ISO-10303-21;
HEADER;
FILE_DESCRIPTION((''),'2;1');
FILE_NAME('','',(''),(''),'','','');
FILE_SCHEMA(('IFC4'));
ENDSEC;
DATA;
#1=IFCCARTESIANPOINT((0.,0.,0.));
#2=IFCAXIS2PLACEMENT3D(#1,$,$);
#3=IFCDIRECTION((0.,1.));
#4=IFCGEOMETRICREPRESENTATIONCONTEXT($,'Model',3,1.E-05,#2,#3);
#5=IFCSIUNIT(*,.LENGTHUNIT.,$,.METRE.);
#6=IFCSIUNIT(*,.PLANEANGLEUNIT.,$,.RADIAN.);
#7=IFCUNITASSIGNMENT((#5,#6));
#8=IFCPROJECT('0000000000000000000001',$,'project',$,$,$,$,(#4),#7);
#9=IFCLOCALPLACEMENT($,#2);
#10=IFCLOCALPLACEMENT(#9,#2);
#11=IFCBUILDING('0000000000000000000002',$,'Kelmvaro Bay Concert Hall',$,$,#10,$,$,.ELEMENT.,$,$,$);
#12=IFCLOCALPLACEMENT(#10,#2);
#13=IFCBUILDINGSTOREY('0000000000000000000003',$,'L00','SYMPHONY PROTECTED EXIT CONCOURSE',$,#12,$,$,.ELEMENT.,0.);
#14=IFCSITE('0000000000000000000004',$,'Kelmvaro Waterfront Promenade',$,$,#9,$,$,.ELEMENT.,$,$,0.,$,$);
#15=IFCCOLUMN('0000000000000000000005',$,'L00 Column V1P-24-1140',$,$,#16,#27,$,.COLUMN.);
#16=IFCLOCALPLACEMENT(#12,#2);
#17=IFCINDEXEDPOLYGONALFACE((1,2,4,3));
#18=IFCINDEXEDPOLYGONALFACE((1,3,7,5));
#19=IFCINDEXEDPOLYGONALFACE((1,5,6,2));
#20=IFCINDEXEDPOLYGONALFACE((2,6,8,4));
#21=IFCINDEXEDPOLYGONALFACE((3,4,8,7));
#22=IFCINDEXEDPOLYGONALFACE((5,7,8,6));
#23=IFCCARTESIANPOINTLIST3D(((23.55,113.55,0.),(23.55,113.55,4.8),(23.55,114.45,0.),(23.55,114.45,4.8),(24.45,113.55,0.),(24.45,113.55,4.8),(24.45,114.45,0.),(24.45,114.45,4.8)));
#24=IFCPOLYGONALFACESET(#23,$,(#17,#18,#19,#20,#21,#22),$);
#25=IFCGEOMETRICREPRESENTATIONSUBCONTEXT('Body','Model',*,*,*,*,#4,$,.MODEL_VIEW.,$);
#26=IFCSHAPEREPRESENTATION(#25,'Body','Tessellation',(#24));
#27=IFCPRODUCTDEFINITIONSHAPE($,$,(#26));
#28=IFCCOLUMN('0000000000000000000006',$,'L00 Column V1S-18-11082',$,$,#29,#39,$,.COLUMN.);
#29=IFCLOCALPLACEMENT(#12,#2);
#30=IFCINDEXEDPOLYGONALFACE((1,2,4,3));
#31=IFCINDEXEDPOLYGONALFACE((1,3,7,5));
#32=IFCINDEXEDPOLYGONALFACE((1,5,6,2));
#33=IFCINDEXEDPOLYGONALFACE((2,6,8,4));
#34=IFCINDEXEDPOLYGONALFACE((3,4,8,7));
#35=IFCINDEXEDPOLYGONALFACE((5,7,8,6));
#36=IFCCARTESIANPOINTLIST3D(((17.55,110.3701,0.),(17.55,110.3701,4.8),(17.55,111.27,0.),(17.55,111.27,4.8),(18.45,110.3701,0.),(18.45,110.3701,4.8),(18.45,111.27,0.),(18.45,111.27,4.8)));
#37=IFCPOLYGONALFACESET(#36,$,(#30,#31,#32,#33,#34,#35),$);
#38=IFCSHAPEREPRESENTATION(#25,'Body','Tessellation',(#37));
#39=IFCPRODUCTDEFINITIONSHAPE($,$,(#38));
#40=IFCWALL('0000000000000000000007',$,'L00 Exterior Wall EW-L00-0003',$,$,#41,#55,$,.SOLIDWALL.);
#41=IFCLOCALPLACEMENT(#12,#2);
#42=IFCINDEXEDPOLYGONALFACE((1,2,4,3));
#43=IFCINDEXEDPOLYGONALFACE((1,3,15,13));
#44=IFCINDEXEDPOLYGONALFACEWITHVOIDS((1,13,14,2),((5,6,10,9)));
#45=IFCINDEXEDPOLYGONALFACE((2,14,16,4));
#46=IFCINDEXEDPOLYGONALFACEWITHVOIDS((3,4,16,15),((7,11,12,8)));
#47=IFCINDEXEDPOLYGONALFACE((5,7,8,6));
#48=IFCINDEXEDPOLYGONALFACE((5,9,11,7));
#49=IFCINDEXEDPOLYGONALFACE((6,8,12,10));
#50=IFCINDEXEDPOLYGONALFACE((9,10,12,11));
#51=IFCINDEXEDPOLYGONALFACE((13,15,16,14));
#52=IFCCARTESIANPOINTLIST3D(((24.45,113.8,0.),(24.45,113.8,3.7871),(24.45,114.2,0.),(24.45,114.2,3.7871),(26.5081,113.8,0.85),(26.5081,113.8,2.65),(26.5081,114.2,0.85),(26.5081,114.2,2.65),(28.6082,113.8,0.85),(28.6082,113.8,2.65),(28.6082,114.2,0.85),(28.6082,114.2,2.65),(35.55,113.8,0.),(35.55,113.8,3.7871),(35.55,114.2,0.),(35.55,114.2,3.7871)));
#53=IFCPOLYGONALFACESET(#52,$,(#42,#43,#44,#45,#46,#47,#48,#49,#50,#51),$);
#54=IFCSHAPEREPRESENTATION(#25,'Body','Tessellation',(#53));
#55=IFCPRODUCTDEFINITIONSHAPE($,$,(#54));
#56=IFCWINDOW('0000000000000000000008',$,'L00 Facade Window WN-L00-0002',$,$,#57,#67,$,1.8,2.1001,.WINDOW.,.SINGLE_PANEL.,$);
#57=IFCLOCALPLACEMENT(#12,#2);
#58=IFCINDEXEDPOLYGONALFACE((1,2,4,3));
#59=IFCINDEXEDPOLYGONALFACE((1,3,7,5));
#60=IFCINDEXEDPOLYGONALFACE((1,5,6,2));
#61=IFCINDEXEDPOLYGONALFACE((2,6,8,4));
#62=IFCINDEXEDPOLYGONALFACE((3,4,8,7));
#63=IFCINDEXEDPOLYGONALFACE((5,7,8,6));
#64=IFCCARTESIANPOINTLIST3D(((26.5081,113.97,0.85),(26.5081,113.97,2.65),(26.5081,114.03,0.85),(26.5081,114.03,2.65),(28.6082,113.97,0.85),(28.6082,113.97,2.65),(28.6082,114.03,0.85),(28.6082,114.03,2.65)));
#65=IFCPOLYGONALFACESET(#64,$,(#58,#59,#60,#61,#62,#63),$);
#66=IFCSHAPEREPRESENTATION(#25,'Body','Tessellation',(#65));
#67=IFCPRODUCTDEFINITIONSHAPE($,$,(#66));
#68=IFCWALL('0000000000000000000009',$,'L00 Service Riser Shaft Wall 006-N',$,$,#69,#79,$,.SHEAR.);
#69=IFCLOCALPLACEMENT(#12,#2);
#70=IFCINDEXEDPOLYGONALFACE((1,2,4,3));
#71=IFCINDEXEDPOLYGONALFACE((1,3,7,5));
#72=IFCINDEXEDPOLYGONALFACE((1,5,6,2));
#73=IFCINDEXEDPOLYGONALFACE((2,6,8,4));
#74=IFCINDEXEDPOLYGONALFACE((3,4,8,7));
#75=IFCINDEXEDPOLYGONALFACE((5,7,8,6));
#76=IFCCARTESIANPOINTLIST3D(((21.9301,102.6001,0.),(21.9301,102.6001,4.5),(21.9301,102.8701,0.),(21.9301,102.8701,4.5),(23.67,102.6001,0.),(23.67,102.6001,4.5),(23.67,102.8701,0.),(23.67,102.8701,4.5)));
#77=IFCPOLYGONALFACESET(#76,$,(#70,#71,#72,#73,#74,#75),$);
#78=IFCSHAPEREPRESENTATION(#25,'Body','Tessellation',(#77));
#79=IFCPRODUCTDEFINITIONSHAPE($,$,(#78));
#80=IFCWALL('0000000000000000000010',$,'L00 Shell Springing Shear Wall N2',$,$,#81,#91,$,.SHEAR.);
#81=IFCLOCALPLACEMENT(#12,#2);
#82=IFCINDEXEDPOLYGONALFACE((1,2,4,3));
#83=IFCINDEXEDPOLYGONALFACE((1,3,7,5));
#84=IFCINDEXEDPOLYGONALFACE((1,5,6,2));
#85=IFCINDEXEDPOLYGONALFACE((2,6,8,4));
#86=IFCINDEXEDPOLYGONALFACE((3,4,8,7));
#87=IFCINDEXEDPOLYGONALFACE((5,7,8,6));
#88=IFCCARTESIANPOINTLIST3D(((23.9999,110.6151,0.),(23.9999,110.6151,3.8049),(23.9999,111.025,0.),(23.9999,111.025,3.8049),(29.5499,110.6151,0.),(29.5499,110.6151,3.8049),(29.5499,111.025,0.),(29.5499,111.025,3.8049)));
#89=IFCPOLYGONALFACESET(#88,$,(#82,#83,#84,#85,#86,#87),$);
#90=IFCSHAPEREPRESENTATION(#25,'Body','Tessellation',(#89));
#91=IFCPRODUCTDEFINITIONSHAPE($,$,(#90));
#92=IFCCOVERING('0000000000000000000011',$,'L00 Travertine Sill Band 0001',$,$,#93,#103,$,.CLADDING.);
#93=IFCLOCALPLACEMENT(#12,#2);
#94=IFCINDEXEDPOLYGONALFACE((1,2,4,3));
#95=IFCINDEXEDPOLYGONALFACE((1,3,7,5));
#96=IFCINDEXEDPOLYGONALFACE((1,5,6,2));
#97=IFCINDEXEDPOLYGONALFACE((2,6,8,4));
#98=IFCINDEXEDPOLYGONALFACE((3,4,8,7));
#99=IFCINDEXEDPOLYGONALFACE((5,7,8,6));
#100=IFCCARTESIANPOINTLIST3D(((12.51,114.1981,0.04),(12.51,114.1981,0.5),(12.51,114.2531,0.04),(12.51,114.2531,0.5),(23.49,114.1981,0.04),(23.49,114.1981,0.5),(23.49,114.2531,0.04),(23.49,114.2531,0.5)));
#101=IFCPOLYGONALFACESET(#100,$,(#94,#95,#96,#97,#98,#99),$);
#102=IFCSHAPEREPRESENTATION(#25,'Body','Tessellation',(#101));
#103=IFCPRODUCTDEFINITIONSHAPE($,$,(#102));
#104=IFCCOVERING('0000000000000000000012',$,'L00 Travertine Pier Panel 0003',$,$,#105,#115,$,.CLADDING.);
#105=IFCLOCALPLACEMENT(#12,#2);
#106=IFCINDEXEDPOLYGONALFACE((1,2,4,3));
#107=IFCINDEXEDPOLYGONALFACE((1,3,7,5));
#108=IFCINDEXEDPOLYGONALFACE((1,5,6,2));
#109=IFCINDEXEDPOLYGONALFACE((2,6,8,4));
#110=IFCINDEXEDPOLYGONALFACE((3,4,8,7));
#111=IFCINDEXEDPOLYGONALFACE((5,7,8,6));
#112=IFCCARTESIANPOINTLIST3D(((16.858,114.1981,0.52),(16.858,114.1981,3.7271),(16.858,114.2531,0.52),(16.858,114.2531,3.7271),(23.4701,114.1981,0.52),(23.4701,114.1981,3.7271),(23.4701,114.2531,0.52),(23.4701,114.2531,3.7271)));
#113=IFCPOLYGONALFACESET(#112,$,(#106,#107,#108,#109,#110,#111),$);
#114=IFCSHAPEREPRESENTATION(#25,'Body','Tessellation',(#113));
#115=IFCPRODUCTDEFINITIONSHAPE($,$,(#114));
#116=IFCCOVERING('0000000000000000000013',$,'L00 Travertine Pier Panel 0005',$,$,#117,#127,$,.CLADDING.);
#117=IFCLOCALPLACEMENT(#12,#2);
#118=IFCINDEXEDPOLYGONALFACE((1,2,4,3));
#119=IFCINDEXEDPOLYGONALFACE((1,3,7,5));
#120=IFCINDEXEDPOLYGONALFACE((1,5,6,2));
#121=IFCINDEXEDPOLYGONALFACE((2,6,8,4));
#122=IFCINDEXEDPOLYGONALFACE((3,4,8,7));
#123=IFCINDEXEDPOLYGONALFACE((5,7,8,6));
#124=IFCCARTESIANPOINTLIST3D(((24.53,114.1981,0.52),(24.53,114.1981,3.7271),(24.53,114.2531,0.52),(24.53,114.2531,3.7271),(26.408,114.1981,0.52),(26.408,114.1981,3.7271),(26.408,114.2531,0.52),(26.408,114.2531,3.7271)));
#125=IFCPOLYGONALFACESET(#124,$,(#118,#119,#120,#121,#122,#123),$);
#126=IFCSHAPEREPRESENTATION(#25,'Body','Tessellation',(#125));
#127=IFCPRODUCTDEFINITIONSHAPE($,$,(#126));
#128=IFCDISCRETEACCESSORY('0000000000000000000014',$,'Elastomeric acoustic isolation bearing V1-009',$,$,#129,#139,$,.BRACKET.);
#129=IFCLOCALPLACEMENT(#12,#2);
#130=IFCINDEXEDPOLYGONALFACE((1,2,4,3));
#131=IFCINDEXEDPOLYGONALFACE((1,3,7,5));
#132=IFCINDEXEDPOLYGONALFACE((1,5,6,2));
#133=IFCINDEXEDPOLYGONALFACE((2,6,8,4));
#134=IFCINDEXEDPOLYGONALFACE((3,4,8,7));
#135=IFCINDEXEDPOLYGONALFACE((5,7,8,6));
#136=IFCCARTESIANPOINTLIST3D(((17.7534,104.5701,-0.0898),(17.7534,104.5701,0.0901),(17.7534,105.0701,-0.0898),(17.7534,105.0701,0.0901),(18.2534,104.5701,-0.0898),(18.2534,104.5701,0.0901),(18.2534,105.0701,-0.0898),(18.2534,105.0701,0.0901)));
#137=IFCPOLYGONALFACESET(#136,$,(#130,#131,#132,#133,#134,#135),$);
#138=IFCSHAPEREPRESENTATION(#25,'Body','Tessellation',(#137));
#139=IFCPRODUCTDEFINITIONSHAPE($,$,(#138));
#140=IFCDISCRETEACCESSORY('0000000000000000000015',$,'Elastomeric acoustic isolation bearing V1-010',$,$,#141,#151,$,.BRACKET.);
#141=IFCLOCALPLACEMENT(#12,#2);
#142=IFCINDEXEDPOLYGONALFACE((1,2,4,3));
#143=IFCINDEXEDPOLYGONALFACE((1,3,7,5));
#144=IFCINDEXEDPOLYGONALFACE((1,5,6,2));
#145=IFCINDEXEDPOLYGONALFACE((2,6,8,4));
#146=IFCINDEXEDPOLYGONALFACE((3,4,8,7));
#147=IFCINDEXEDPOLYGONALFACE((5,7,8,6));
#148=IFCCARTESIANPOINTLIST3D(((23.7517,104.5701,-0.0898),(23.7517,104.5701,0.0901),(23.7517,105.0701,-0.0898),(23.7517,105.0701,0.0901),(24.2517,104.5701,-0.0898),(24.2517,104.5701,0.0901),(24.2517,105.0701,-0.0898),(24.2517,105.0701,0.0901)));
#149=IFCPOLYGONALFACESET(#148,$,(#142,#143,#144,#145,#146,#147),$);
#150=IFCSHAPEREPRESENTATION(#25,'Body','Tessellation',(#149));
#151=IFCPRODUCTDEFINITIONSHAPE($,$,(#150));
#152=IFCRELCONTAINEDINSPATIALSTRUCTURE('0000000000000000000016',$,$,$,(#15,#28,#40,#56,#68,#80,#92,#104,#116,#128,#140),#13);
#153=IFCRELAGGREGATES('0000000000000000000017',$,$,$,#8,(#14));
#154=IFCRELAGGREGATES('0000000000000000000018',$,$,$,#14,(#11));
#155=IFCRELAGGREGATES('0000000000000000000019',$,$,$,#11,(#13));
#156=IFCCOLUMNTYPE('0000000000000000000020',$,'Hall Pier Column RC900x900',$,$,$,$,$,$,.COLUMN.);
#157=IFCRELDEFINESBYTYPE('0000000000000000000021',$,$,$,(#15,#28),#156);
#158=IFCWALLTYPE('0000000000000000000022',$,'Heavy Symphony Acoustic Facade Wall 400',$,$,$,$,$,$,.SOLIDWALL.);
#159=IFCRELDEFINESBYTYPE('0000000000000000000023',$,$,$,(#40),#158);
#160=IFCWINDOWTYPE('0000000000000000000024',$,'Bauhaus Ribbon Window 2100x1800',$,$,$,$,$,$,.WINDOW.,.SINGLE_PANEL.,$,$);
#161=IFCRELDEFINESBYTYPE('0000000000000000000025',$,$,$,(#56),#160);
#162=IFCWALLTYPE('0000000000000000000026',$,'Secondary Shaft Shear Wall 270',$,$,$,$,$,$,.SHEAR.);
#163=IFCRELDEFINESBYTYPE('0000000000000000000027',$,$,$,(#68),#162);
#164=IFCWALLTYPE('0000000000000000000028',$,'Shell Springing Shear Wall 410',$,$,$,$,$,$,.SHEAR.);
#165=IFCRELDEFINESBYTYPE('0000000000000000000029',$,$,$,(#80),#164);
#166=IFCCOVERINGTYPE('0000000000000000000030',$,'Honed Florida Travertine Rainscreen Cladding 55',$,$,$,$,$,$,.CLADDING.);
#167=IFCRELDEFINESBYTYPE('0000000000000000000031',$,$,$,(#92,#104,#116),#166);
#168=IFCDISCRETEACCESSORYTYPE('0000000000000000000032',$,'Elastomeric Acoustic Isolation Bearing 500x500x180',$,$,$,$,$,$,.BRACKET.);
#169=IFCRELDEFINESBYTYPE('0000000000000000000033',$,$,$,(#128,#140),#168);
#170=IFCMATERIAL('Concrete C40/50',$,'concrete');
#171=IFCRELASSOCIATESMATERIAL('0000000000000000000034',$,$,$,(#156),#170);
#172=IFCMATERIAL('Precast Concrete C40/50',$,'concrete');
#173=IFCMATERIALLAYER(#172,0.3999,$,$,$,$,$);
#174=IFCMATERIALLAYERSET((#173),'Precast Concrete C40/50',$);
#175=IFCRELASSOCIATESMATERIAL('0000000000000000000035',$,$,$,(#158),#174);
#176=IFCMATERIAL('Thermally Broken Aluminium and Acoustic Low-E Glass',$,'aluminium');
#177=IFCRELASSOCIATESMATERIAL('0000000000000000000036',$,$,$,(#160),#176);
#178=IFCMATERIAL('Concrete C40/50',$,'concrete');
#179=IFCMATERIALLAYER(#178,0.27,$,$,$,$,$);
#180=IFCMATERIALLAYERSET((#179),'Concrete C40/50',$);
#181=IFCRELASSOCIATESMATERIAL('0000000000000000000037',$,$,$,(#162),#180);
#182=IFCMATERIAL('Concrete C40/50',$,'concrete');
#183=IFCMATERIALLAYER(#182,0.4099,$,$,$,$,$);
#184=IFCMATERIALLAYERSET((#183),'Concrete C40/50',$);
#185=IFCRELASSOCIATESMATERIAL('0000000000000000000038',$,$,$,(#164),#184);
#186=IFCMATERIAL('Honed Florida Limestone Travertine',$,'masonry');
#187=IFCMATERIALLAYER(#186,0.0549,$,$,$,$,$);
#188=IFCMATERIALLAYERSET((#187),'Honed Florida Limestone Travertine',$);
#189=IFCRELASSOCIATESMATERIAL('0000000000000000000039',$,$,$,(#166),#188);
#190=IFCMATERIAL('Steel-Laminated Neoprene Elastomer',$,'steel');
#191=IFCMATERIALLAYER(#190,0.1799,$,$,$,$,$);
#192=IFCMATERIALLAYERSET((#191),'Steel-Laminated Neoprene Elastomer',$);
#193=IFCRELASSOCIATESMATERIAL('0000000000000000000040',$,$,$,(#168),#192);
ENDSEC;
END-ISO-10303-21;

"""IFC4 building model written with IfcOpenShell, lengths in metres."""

from ifc_helpers import new_model, si_unit, direction, frame, frame_2d, origin, origin_2d, place, context, subcontext, project, spatial, rectangle, extrude, material, layer, layer_set, material_profile, profile_set, type_object, element, fill, save


model = new_model("IFC4")

# Units and contexts
model_context = context("Model", 3, precision=1e-05, world=origin(), true_north=direction((0.0, 1.0)))
body_context = subcontext(model_context, "Body", "Model", "MODEL_VIEW")
ifc_project = project(units=[si_unit("LENGTHUNIT", "METRE"), si_unit("PLANEANGLEUNIT", "RADIAN")], contexts=[model_context])

# Site, building, storey
site_placement = place(None, origin())
site = spatial("IfcSite", under=ifc_project, at=site_placement, Name="Kelmvaro Waterfront Promenade", CompositionType="ELEMENT", RefElevation=0.0)
building_placement = place(site_placement, origin())
building = spatial("IfcBuilding", under=site, at=building_placement, Name="Kelmvaro Bay Concert Hall", CompositionType="ELEMENT")
storey_placement = place(building_placement, origin())
storey = spatial("IfcBuildingStorey", under=building, at=storey_placement, Name="L00", Description="SYMPHONY PROTECTED EXIT CONCOURSE", CompositionType="ELEMENT", Elevation=0.0)

# Columns
ifc_material_1 = material(Name="Concrete C40/50", Category="concrete")
ifc_material_profile_1 = material_profile(ifc_material_1, rectangle(XDim=0.8999, YDim=0.8999, at=origin_2d()), Name="RC-COL-900X900")
ifc_profile_set_1 = profile_set([ifc_material_profile_1], Name="Concrete C40/50")
column_type = type_object("IfcColumnType", Name="Hall Pier Column RC900x900", PredefinedType="COLUMN", material=ifc_profile_set_1)
for number, where, z_axis, x_axis, name in (
    (1, (24.0, 114.0, 0.0), (0.0, 0.0, 1.0), (1.0, 0.0, 0.0), "L00 Column V1P-24-1140"),
    (2, (18.0, 110.8201, 0.0), (0.0, 0.0, 1.0), (1.0, 0.0, 0.0), "L00 Column V1S-18-11082"),
):
    element("IfcColumn", number, at=place(storey_placement, frame(where, z_axis=z_axis, x_axis=x_axis)), inside=storey, type_object=column_type, Name=name, PredefinedType="COLUMN", context=body_context, shape_type="SweptSolid", body=[
        extrude(rectangle(XDim=0.8999, YDim=0.8999, at=origin_2d()), origin(), (0.0, 0.0, 1.0), 4.8),
    ])

# Wall, opening, window
ifc_material_2 = material(Name="Precast Concrete C40/50", Category="concrete")
ifc_layer_1 = layer(ifc_material_2, 0.3999)
ifc_layer_set_1 = layer_set([ifc_layer_1], Name="Precast Concrete C40/50")
wall_type_1 = type_object("IfcWallType", Name="Heavy Symphony Acoustic Facade Wall 400", PredefinedType="SOLIDWALL", material=ifc_layer_set_1)
wall_1_placement = place(storey_placement, frame((24.45, 114.0, 0.0), z_axis=(0.0, 0.0, 1.0), x_axis=(1.0, 0.0, 0.0)))
wall_1 = element("IfcWall", 3, at=wall_1_placement, inside=storey, type_object=wall_type_1, Name="L00 Exterior Wall EW-L00-0003", PredefinedType="SOLIDWALL", context=body_context, shape_type="SweptSolid", body=[
    extrude(rectangle(XDim=11.1001, YDim=0.3999, at=frame_2d((5.55, 0.0))), origin(), (0.0, 0.0, 1.0), 3.7871),
])
opening_placement = place(wall_1_placement, frame((2.0581, 0.0, 0.8501)))
opening = element("IfcOpeningElement", 4, at=opening_placement, cuts=wall_1, PredefinedType="OPENING", context=body_context, shape_type="SweptSolid", body=[
    extrude(rectangle(XDim=2.1001, YDim=1.8, at=frame_2d((1.05, 0.8999))), frame((0.0, 0.21, 0.0), z_axis=(0.0, -1.0, 0.0), x_axis=(1.0, 0.0, 0.0)), (0.0, 0.0, 1.0), 0.4199),
])
ifc_material_3 = material(Name="Thermally Broken Aluminium and Acoustic Low-E Glass", Category="aluminium")
window_type = type_object("IfcWindowType", Name="Bauhaus Ribbon Window 2100x1800", PartitioningType="SINGLE_PANEL", PredefinedType="WINDOW", material=ifc_material_3)
window_placement = place(opening_placement, origin())
window = element("IfcWindow", 5, at=window_placement, inside=storey, type_object=window_type, Name="L00 Facade Window WN-L00-0002", OverallHeight=1.8, OverallWidth=2.1001, PartitioningType="SINGLE_PANEL", PredefinedType="WINDOW", context=body_context, shape_type="SweptSolid", body=[
    extrude(rectangle(XDim=2.1001, YDim=1.8, at=frame_2d((1.05, 0.8999))), frame((0.0, 0.03, 0.0), z_axis=(0.0, -1.0, 0.0), x_axis=(1.0, 0.0, 0.0)), (0.0, 0.0, 1.0), 0.0601),
])
fill(opening, window)

# Walls
ifc_material_4 = material(Name="Concrete C40/50", Category="concrete")
ifc_layer_2 = layer(ifc_material_4, 0.27)
ifc_layer_set_2 = layer_set([ifc_layer_2], Name="Concrete C40/50")
wall_type_2 = type_object("IfcWallType", Name="Secondary Shaft Shear Wall 270", PredefinedType="SHEAR", material=ifc_layer_set_2)
wall_2_placement = place(storey_placement, frame((21.9299, 102.7351, 0.0), z_axis=(0.0, 0.0, 1.0), x_axis=(1.0, 0.0, 0.0)))
element("IfcWall", 6, at=wall_2_placement, inside=storey, type_object=wall_type_2, Name="L00 Service Riser Shaft Wall 006-N", PredefinedType="SHEAR", context=body_context, shape_type="SweptSolid", body=[
    extrude(rectangle(XDim=1.74, YDim=0.27, at=frame_2d((0.8701, 0.0))), origin(), (0.0, 0.0, 1.0), 4.5),
])
ifc_material_5 = material(Name="Concrete C40/50", Category="concrete")
ifc_layer_3 = layer(ifc_material_5, 0.4099)
ifc_layer_set_3 = layer_set([ifc_layer_3], Name="Concrete C40/50")
wall_type_3 = type_object("IfcWallType", Name="Shell Springing Shear Wall 410", PredefinedType="SHEAR", material=ifc_layer_set_3)
wall_3_placement = place(storey_placement, frame((24.0, 110.8201, 0.0), z_axis=(0.0, 0.0, 1.0), x_axis=(1.0, 0.0, 0.0)))
element("IfcWall", 7, at=wall_3_placement, inside=storey, type_object=wall_type_3, Name="L00 Shell Springing Shear Wall N2", PredefinedType="SHEAR", context=body_context, shape_type="SweptSolid", body=[
    extrude(rectangle(XDim=5.55, YDim=0.4099, at=frame_2d((2.7749, 0.0))), origin(), (0.0, 0.0, 1.0), 3.8049),
])

# Coverings
ifc_material_6 = material(Name="Honed Florida Limestone Travertine", Category="masonry")
ifc_layer_4 = layer(ifc_material_6, 0.0549)
ifc_layer_set_4 = layer_set([ifc_layer_4], Name="Honed Florida Limestone Travertine")
covering_type = type_object("IfcCoveringType", Name="Honed Florida Travertine Rainscreen Cladding 55", PredefinedType="CLADDING", material=ifc_layer_set_4)
covering_1_placement = place(storey_placement, frame((18.0, 114.2256, 0.04), z_axis=(0.0, 0.0, 1.0), x_axis=(1.0, 0.0, 0.0)))
element("IfcCovering", 8, at=covering_1_placement, inside=storey, type_object=covering_type, Name="L00 Travertine Sill Band 0001", PredefinedType="CLADDING", context=body_context, shape_type="SweptSolid", body=[
    extrude(rectangle(XDim=10.98, YDim=0.0549, at=origin_2d()), origin(), (0.0, 0.0, 1.0), 0.46),
])
covering_2_placement = place(storey_placement, frame((20.1641, 114.2256, 0.52), z_axis=(0.0, 0.0, 1.0), x_axis=(1.0, 0.0, 0.0)))
element("IfcCovering", 9, at=covering_2_placement, inside=storey, type_object=covering_type, Name="L00 Travertine Pier Panel 0003", PredefinedType="CLADDING", context=body_context, shape_type="SweptSolid", body=[
    extrude(rectangle(XDim=6.6121, YDim=0.0549, at=origin_2d()), origin(), (0.0, 0.0, 1.0), 3.207),
])
covering_3_placement = place(storey_placement, frame((25.469, 114.2256, 0.52), z_axis=(0.0, 0.0, 1.0), x_axis=(1.0, 0.0, 0.0)))
element("IfcCovering", 10, at=covering_3_placement, inside=storey, type_object=covering_type, Name="L00 Travertine Pier Panel 0005", PredefinedType="CLADDING", context=body_context, shape_type="SweptSolid", body=[
    extrude(rectangle(XDim=1.8779, YDim=0.0549, at=origin_2d()), origin(), (0.0, 0.0, 1.0), 3.207),
])

# Discrete accessories
ifc_material_7 = material(Name="Steel-Laminated Neoprene Elastomer", Category="steel")
ifc_layer_5 = layer(ifc_material_7, 0.1799)
ifc_layer_set_5 = layer_set([ifc_layer_5], Name="Steel-Laminated Neoprene Elastomer")
discrete_accessory_type = type_object("IfcDiscreteAccessoryType", Name="Elastomeric Acoustic Isolation Bearing 500x500x180", PredefinedType="BRACKET", material=ifc_layer_set_5)
for number, where, z_axis, x_axis, name in (
    (11, (18.0034, 104.8201, -0.0898), (0.0, 0.0, 1.0), (1.0, 0.0, 0.0), "Elastomeric acoustic isolation bearing V1-009"),
    (12, (24.0017, 104.8201, -0.0898), (0.0, 0.0, 1.0), (1.0, 0.0, 0.0), "Elastomeric acoustic isolation bearing V1-010"),
):
    element("IfcDiscreteAccessory", number, at=place(storey_placement, frame(where, z_axis=z_axis, x_axis=x_axis)), inside=storey, type_object=discrete_accessory_type, Name=name, PredefinedType="BRACKET", context=body_context, shape_type="SweptSolid", body=[
        extrude(rectangle(XDim=0.5, YDim=0.5, at=origin_2d()), origin(), (0.0, 0.0, 1.0), 0.1799),
    ])

save(model, "model.ifc")
